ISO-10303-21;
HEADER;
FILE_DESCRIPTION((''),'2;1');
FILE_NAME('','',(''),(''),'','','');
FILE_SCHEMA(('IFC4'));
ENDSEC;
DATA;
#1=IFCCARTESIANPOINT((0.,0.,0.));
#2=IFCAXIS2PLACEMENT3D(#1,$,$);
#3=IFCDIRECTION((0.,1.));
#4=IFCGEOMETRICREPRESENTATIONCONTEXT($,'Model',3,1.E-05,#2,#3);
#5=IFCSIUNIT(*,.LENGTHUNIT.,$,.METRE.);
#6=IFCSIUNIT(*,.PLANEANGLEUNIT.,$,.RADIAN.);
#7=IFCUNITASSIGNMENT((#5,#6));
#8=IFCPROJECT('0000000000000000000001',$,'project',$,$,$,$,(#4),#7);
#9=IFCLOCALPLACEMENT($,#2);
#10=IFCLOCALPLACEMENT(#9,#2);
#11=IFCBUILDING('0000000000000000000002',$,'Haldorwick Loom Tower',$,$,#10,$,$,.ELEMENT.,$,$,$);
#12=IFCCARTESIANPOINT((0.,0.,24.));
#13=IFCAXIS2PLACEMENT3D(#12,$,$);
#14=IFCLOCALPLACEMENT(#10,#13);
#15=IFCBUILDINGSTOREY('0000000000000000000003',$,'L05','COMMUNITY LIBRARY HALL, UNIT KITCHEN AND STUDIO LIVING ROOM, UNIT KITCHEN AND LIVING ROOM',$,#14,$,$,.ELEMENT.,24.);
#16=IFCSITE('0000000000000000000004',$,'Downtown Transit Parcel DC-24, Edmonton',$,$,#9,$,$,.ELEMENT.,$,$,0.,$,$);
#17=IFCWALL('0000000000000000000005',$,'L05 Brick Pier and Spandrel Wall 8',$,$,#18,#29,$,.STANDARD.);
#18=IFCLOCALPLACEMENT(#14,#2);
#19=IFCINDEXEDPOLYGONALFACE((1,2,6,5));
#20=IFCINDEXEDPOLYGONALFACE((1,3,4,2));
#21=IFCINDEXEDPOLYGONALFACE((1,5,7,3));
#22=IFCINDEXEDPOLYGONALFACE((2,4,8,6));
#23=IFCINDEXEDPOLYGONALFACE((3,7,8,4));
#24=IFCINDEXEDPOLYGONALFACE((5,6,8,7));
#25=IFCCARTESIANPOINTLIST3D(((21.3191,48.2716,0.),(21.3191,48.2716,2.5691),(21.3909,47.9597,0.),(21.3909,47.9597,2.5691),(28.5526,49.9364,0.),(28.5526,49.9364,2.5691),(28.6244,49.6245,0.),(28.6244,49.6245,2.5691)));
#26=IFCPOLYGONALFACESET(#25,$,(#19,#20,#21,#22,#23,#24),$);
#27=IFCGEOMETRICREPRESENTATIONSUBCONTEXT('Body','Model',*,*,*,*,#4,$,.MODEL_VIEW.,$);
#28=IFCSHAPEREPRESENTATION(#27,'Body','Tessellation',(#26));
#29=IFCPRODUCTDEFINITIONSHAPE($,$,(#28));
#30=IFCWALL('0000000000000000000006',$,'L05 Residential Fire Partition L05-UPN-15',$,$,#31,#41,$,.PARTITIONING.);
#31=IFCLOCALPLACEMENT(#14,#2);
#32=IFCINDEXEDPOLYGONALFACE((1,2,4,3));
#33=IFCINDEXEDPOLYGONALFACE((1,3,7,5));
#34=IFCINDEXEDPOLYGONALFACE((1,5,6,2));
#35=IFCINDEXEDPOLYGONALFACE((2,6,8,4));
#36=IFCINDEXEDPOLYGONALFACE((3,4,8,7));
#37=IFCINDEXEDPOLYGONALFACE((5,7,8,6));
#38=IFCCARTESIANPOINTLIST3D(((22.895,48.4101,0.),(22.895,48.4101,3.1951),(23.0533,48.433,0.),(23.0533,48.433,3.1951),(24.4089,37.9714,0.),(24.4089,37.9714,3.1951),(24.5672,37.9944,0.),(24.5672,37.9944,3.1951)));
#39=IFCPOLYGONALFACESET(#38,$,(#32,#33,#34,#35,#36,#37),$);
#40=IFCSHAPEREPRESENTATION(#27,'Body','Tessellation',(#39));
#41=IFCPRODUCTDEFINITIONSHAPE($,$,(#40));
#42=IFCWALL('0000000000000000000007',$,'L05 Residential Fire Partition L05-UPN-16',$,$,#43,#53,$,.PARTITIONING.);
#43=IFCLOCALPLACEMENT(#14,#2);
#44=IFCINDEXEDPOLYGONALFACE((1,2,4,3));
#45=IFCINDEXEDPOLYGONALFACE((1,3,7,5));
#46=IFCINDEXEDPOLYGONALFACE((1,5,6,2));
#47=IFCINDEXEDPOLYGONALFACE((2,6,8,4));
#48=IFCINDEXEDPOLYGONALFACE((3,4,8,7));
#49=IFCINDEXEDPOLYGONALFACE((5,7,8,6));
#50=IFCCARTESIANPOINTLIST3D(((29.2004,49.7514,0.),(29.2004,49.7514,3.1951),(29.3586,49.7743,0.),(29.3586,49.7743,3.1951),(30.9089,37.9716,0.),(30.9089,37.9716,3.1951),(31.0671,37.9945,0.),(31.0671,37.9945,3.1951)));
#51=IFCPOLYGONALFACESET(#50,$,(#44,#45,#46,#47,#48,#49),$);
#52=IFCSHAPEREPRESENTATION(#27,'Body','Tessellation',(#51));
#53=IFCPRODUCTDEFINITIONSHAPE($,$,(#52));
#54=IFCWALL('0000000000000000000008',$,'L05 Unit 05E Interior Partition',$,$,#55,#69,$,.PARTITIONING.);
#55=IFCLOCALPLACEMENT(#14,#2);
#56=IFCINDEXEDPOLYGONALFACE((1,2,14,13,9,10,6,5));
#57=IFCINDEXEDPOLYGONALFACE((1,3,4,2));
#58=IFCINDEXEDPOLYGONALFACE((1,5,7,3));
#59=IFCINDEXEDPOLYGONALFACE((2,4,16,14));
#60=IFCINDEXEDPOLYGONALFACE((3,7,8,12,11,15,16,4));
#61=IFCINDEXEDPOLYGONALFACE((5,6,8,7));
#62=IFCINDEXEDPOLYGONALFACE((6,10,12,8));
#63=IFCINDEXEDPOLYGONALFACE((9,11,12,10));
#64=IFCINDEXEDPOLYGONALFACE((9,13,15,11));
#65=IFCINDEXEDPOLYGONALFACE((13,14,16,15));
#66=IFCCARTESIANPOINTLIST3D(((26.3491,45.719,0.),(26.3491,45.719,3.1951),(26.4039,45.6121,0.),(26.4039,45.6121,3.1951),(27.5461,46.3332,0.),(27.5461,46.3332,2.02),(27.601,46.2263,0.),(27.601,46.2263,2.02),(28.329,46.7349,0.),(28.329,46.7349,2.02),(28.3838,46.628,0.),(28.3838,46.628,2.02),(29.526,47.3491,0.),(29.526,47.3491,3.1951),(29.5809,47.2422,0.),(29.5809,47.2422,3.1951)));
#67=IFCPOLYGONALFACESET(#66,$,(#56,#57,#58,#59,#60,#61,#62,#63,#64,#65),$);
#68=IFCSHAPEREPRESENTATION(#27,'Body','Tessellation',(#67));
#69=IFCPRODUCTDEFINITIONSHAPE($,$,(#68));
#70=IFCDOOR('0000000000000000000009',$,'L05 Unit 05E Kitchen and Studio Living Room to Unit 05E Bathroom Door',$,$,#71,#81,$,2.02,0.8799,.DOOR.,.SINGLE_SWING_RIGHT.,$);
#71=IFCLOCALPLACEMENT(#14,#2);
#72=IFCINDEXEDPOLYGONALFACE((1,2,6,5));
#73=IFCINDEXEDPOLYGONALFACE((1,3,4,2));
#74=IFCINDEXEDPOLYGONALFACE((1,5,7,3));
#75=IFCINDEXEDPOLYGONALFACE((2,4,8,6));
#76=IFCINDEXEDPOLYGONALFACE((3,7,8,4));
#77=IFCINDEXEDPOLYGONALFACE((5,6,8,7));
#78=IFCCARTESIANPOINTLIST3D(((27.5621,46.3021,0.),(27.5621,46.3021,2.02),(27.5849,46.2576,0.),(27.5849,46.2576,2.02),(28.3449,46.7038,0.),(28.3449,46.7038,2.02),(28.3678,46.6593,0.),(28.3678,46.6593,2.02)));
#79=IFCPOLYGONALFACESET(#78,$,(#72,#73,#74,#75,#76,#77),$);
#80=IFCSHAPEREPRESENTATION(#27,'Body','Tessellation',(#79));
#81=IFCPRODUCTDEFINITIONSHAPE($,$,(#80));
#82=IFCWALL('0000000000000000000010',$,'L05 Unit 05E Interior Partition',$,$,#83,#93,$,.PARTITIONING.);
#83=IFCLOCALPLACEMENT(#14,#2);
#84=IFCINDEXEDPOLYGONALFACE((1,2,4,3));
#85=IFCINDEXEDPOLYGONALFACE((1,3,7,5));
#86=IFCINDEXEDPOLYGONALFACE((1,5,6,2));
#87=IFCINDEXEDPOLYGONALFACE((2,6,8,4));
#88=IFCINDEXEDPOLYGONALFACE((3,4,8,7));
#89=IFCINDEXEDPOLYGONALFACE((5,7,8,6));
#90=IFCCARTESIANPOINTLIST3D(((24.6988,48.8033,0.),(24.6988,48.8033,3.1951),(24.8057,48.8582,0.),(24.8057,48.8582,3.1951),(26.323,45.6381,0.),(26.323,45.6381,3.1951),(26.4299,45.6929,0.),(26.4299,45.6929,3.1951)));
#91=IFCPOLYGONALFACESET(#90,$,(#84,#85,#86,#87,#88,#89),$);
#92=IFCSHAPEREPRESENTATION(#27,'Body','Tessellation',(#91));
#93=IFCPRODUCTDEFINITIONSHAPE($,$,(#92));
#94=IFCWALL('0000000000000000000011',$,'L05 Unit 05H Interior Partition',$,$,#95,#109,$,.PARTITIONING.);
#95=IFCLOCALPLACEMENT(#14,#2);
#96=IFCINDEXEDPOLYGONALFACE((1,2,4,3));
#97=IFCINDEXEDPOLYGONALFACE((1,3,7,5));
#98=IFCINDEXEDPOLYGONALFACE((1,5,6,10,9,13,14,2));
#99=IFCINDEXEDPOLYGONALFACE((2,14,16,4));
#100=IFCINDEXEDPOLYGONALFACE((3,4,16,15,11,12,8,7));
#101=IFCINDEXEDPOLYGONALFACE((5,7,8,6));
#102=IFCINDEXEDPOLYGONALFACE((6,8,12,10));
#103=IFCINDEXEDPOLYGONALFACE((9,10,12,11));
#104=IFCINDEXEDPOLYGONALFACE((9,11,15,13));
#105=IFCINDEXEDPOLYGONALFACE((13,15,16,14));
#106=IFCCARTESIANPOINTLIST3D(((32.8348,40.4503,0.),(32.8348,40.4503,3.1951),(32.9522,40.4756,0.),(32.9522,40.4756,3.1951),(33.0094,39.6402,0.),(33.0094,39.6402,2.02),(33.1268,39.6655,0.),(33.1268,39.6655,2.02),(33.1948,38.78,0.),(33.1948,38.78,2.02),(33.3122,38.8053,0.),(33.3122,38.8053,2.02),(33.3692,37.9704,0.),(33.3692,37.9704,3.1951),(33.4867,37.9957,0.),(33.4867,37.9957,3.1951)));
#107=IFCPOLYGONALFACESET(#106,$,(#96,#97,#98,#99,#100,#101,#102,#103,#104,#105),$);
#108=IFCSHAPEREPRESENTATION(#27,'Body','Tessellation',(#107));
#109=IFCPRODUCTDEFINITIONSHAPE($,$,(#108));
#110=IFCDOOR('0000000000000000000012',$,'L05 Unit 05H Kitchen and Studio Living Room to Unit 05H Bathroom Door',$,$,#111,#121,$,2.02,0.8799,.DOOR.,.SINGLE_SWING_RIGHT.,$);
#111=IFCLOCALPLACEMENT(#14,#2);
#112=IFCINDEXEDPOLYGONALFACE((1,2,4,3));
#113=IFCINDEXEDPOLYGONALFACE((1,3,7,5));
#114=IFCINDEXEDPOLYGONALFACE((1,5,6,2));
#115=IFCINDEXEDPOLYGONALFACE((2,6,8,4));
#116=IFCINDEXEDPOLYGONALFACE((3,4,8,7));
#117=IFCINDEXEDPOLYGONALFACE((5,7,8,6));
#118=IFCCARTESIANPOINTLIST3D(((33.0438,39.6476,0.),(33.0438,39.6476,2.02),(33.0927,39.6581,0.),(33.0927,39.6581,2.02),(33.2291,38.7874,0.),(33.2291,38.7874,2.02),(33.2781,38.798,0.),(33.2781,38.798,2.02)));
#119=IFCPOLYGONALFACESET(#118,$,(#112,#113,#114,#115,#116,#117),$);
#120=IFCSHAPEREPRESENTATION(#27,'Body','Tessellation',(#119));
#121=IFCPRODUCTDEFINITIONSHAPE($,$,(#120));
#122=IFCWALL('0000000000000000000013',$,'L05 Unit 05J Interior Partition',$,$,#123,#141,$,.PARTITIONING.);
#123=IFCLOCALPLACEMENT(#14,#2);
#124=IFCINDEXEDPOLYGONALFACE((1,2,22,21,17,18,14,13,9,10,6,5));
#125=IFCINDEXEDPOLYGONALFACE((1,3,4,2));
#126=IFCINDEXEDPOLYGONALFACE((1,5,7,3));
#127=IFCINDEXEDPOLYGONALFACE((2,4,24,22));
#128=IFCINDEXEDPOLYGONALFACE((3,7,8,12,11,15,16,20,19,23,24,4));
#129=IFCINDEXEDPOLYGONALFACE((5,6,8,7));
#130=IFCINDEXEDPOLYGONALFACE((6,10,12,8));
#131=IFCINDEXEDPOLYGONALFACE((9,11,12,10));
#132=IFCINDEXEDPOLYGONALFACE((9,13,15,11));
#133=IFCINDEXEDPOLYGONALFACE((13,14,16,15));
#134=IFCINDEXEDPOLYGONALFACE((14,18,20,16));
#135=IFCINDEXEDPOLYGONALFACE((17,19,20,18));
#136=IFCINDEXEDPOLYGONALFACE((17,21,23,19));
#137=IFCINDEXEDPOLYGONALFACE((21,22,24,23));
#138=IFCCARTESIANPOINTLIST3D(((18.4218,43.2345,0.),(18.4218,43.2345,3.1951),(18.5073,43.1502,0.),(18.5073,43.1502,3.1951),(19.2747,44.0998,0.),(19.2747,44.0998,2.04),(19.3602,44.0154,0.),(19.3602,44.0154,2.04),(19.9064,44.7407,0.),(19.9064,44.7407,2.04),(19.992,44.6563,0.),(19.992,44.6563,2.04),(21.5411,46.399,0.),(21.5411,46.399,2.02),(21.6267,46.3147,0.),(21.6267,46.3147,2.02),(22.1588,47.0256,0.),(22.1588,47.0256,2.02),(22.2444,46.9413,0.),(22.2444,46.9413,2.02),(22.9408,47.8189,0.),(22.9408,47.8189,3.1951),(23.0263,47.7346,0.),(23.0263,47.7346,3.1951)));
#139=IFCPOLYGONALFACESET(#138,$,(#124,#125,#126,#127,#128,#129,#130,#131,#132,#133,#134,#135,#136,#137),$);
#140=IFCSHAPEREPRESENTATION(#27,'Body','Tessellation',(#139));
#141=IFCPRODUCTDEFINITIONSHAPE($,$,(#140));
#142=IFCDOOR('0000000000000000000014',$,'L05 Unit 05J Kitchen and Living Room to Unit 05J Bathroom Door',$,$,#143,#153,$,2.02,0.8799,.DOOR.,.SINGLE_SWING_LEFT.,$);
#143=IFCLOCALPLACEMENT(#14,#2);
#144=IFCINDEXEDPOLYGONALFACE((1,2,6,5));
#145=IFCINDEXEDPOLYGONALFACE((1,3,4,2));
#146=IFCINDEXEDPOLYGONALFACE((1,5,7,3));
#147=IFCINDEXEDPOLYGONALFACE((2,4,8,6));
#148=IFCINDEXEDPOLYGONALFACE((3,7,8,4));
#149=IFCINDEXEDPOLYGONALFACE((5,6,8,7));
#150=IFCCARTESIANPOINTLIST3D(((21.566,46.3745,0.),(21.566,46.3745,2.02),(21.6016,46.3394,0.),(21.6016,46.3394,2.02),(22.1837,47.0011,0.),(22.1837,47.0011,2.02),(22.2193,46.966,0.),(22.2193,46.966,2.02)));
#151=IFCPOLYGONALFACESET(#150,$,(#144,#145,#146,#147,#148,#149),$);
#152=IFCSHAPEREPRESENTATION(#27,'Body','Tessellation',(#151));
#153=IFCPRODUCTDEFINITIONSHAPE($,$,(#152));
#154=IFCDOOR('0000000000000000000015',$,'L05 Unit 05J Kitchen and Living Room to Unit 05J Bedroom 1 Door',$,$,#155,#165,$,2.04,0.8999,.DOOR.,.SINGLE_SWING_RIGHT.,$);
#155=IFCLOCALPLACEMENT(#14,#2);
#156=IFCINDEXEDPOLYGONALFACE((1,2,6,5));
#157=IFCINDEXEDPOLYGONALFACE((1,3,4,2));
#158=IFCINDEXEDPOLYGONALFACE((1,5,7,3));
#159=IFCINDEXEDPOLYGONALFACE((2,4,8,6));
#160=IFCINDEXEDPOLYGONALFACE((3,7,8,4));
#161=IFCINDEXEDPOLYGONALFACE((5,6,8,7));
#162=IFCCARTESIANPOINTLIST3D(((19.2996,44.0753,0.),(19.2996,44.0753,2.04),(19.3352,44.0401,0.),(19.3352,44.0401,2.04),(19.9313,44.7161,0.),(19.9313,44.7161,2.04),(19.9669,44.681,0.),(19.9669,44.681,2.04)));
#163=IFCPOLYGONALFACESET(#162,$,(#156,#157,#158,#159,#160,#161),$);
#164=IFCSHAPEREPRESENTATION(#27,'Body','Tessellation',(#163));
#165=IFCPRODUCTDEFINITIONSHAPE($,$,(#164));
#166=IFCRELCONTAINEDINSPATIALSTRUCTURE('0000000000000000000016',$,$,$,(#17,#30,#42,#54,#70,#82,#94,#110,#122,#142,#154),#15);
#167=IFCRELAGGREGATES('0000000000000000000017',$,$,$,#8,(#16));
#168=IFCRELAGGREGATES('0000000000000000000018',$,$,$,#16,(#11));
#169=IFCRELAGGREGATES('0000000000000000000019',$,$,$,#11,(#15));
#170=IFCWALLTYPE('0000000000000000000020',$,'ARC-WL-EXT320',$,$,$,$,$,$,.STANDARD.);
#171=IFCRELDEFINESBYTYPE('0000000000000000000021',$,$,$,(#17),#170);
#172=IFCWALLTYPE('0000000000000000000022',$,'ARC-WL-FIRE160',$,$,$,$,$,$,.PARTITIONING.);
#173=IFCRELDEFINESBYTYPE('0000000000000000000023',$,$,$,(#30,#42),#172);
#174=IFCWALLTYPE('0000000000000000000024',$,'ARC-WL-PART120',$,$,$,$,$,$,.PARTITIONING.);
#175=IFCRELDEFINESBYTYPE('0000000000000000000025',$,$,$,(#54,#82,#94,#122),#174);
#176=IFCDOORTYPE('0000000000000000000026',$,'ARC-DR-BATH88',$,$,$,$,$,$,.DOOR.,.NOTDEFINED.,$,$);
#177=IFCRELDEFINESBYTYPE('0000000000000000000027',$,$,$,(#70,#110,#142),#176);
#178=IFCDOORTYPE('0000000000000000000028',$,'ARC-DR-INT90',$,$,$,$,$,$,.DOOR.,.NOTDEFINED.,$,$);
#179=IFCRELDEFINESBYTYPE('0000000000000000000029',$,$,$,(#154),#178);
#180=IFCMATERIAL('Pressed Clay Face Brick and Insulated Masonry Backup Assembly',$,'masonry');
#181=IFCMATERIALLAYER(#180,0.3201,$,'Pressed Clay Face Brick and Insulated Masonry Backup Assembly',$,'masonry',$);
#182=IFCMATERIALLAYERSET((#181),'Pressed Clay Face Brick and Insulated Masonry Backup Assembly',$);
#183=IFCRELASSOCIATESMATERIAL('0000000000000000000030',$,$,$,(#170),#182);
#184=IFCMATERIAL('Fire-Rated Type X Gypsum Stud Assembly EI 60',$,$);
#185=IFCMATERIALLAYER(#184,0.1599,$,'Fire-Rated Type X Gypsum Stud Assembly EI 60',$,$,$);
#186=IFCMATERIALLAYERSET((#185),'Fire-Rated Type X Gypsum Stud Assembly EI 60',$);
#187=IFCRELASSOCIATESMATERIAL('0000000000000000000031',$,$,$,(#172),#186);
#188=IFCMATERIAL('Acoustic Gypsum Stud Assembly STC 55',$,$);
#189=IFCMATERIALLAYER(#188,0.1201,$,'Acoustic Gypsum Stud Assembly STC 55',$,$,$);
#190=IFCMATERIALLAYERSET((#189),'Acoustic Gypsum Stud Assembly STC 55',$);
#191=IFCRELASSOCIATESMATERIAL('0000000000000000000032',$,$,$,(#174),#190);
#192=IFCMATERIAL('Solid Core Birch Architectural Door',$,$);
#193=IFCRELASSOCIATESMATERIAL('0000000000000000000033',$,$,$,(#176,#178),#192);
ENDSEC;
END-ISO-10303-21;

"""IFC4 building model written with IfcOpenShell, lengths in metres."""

from ifc_helpers import new_model, si_unit, direction, frame, frame_2d, origin, place, context, subcontext, project, spatial, rectangle, extrude, material, layer, layer_set, type_object, element, fill, save


model = new_model("IFC4")

# Units and contexts
model_context = context("Model", 3, precision=1e-05, world=origin(), true_north=direction((0.0, 1.0)))
body_context = subcontext(model_context, "Body", "Model", "MODEL_VIEW")
ifc_project = project(units=[si_unit("LENGTHUNIT", "METRE"), si_unit("PLANEANGLEUNIT", "RADIAN")], contexts=[model_context])

# Site, building, storey
site_placement = place(None, origin())
site = spatial("IfcSite", under=ifc_project, at=site_placement, Name="Downtown Transit Parcel DC-24, Edmonton", CompositionType="ELEMENT", RefElevation=0.0)
building_placement = place(site_placement, origin())
building = spatial("IfcBuilding", under=site, at=building_placement, Name="Haldorwick Loom Tower", CompositionType="ELEMENT")
storey_placement = place(building_placement, frame((0.0, 0.0, 24.0)))
storey = spatial("IfcBuildingStorey", under=building, at=storey_placement, Name="L05", Description="COMMUNITY LIBRARY HALL, UNIT KITCHEN AND STUDIO LIVING ROOM, UNIT KITCHEN AND LIVING ROOM", CompositionType="ELEMENT", Elevation=24.0)

# Walls
ifc_material_1 = material(Name="Pressed Clay Face Brick and Insulated Masonry Backup Assembly", Category="masonry")
ifc_layer_1 = layer(ifc_material_1, 0.3201, Name="Pressed Clay Face Brick and Insulated Masonry Backup Assembly", Category="masonry")
ifc_layer_set_1 = layer_set([ifc_layer_1], Name="Pressed Clay Face Brick and Insulated Masonry Backup Assembly")
wall_type_1 = type_object("IfcWallType", Name="ARC-WL-EXT320", PredefinedType="STANDARD", material=ifc_layer_set_1)
wall_1_placement = place(storey_placement, frame((28.5886, 49.7805, 0.0), z_axis=(0.0, 0.0, 1.0), x_axis=(-0.974522, -0.22429, 0.0)))
element("IfcWall", 1, at=wall_1_placement, inside=storey, type_object=wall_type_1, Name="L05 Brick Pier and Spandrel Wall 8", PredefinedType="STANDARD", context=body_context, shape_type="SweptSolid", body=[
    extrude(rectangle(XDim=7.4226, YDim=0.3201, at=frame_2d((3.7114, 0.0))), origin(), (0.0, 0.0, 1.0), 2.5691),
])
ifc_material_2 = material(Name="Fire-Rated Type X Gypsum Stud Assembly EI 60")
ifc_layer_2 = layer(ifc_material_2, 0.1599, Name="Fire-Rated Type X Gypsum Stud Assembly EI 60")
ifc_layer_set_2 = layer_set([ifc_layer_2], Name="Fire-Rated Type X Gypsum Stud Assembly EI 60")
wall_type_2 = type_object("IfcWallType", Name="ARC-WL-FIRE160", PredefinedType="PARTITIONING", material=ifc_layer_set_2)
wall_2_placement = place(storey_placement, frame((24.488, 37.9829, 0.0), z_axis=(0.0, 0.0, 1.0), x_axis=(-0.143527, 0.989646, 0.0)))
element("IfcWall", 2, at=wall_2_placement, inside=storey, type_object=wall_type_2, Name="L05 Residential Fire Partition L05-UPN-15", PredefinedType="PARTITIONING", context=body_context, shape_type="SweptSolid", body=[
    extrude(rectangle(XDim=10.5479, YDim=0.1599, at=frame_2d((5.2739, 0.0))), origin(), (0.0, 0.0, 1.0), 3.1951),
])
wall_3_placement = place(storey_placement, frame((30.988, 37.9829, 0.0), z_axis=(0.0, 0.0, 1.0), x_axis=(-0.143534, 0.989645, 0.0)))
element("IfcWall", 3, at=wall_3_placement, inside=storey, type_object=wall_type_2, Name="L05 Residential Fire Partition L05-UPN-16", PredefinedType="PARTITIONING", context=body_context, shape_type="SweptSolid", body=[
    extrude(rectangle(XDim=11.9031, YDim=0.1599, at=frame_2d((5.9517, 0.0))), origin(), (0.0, 0.0, 1.0), 3.1951),
])

# Wall, opening, door
ifc_material_3 = material(Name="Acoustic Gypsum Stud Assembly STC 55")
ifc_layer_3 = layer(ifc_material_3, 0.1201, Name="Acoustic Gypsum Stud Assembly STC 55")
ifc_layer_set_3 = layer_set([ifc_layer_3], Name="Acoustic Gypsum Stud Assembly STC 55")
wall_type_3 = type_object("IfcWallType", Name="ARC-WL-PART120", PredefinedType="PARTITIONING", material=ifc_layer_set_3)
wall_4_placement = place(storey_placement, frame((29.5535, 47.2957, 0.0), z_axis=(0.0, 0.0, 1.0), x_axis=(-0.889716, -0.456515, 0.0)))
wall_4 = element("IfcWall", 4, at=wall_4_placement, inside=storey, type_object=wall_type_3, Name="L05 Unit 05E Interior Partition", PredefinedType="PARTITIONING", context=body_context, shape_type="SweptSolid", body=[
    extrude(rectangle(XDim=3.5708, YDim=0.1201, at=frame_2d((1.7854, 0.0))), origin(), (0.0, 0.0, 1.0), 3.1951),
])
opening_1_placement = place(wall_4_placement, frame((1.3455, 0.0, 0.0)))
opening_1 = element("IfcOpeningElement", 5, at=opening_1_placement, cuts=wall_4, PredefinedType="OPENING", context=body_context, shape_type="SweptSolid", body=[
    extrude(rectangle(XDim=0.8799, YDim=2.02, at=frame_2d((0.4399, 1.01))), frame((0.0, 0.0701, 0.0), z_axis=(0.0, -1.0, 0.0), x_axis=(1.0, 0.0, 0.0)), (0.0, 0.0, 1.0), 0.1401),
])
ifc_material_4 = material(Name="Solid Core Birch Architectural Door")
door_type_1 = type_object("IfcDoorType", Name="ARC-DR-BATH88", OperationType="NOTDEFINED", PredefinedType="DOOR", material=ifc_material_4)
door_1_placement = place(opening_1_placement, origin())
door_1 = element("IfcDoor", 6, at=door_1_placement, inside=storey, type_object=door_type_1, Name="L05 Unit 05E Kitchen and Studio Living Room to Unit 05E Bathroom Door", OperationType="SINGLE_SWING_RIGHT", OverallHeight=2.02, OverallWidth=0.8799, PredefinedType="DOOR", context=body_context, shape_type="SweptSolid", body=[
    extrude(rectangle(XDim=0.8799, YDim=2.02, at=frame_2d((0.4399, 1.01))), frame((0.0, 0.0249, 0.0), z_axis=(0.0, -1.0, 0.0), x_axis=(1.0, 0.0, 0.0)), (0.0, 0.0, 1.0), 0.05),
])
fill(opening_1, door_1)

# Wall
wall_5_placement = place(storey_placement, frame((26.3765, 45.6655, 0.0), z_axis=(0.0, 0.0, 1.0), x_axis=(-0.456549, 0.889698, 0.0)))
element("IfcWall", 7, at=wall_5_placement, inside=storey, type_object=wall_type_3, Name="L05 Unit 05E Interior Partition", PredefinedType="PARTITIONING", context=body_context, shape_type="SweptSolid", body=[
    extrude(rectangle(XDim=3.5576, YDim=0.1201, at=frame_2d((1.7788, 0.0))), origin(), (0.0, 0.0, 1.0), 3.1951),
])

# Wall, opening, door
wall_6_placement = place(storey_placement, frame((33.428, 37.9829, 0.0), z_axis=(0.0, 0.0, 1.0), x_axis=(-0.210659, 0.97756, 0.0)))
wall_6 = element("IfcWall", 8, at=wall_6_placement, inside=storey, type_object=wall_type_3, Name="L05 Unit 05H Interior Partition", PredefinedType="PARTITIONING", context=body_context, shape_type="SweptSolid", body=[
    extrude(rectangle(XDim=2.5369, YDim=0.1201, at=frame_2d((1.2686, 0.0))), origin(), (0.0, 0.0, 1.0), 3.1951),
])
opening_2_placement = place(wall_6_placement, frame((0.8284, 0.0, 0.0)))
opening_2 = element("IfcOpeningElement", 9, at=opening_2_placement, cuts=wall_6, PredefinedType="OPENING", context=body_context, shape_type="SweptSolid", body=[
    extrude(rectangle(XDim=0.8799, YDim=2.02, at=frame_2d((0.4399, 1.01))), frame((0.0, 0.0701, 0.0), z_axis=(0.0, -1.0, 0.0), x_axis=(1.0, 0.0, 0.0)), (0.0, 0.0, 1.0), 0.1401),
])
door_2_placement = place(opening_2_placement, origin())
door_2 = element("IfcDoor", 10, at=door_2_placement, inside=storey, type_object=door_type_1, Name="L05 Unit 05H Kitchen and Studio Living Room to Unit 05H Bathroom Door", OperationType="SINGLE_SWING_RIGHT", OverallHeight=2.02, OverallWidth=0.8799, PredefinedType="DOOR", context=body_context, shape_type="SweptSolid", body=[
    extrude(rectangle(XDim=0.8799, YDim=2.02, at=frame_2d((0.4399, 1.01))), frame((0.0, 0.0249, 0.0), z_axis=(0.0, -1.0, 0.0), x_axis=(1.0, 0.0, 0.0)), (0.0, 0.0, 1.0), 0.05),
])
fill(opening_2, door_2)

# Wall, openings, doors
wall_7_placement = place(storey_placement, frame((22.9836, 47.7769, 0.0), z_axis=(0.0, 0.0, 1.0), x_axis=(-0.702006, -0.712171, 0.0)))
wall_7 = element("IfcWall", 11, at=wall_7_placement, inside=storey, type_object=wall_type_3, Name="L05 Unit 05J Interior Partition", PredefinedType="PARTITIONING", context=body_context, shape_type="SweptSolid", body=[
    extrude(rectangle(XDim=6.4373, YDim=0.1201, at=frame_2d((3.2188, 0.0))), origin(), (0.0, 0.0, 1.0), 3.1951),
])
opening_3_placement = place(wall_7_placement, frame((4.3225, 0.0, 0.0)))
opening_3 = element("IfcOpeningElement", 12, at=opening_3_placement, cuts=wall_7, PredefinedType="OPENING", context=body_context, shape_type="SweptSolid", body=[
    extrude(rectangle(XDim=0.8999, YDim=2.04, at=frame_2d((0.45, 1.02))), frame((0.0, 0.0701, 0.0), z_axis=(0.0, -1.0, 0.0), x_axis=(1.0, 0.0, 0.0)), (0.0, 0.0, 1.0), 0.1401),
])
opening_4_placement = place(wall_7_placement, frame((1.114, 0.0, 0.0)))
opening_4 = element("IfcOpeningElement", 13, at=opening_4_placement, cuts=wall_7, PredefinedType="OPENING", context=body_context, shape_type="SweptSolid", body=[
    extrude(rectangle(XDim=0.8799, YDim=2.02, at=frame_2d((0.4399, 1.01))), frame((0.0, 0.0701, 0.0), z_axis=(0.0, -1.0, 0.0), x_axis=(1.0, 0.0, 0.0)), (0.0, 0.0, 1.0), 0.1401),
])
door_3_placement = place(opening_4_placement, origin())
door_3 = element("IfcDoor", 14, at=door_3_placement, inside=storey, type_object=door_type_1, Name="L05 Unit 05J Kitchen and Living Room to Unit 05J Bathroom Door", OperationType="SINGLE_SWING_LEFT", OverallHeight=2.02, OverallWidth=0.8799, PredefinedType="DOOR", context=body_context, shape_type="SweptSolid", body=[
    extrude(rectangle(XDim=0.8799, YDim=2.02, at=frame_2d((0.4399, 1.01))), frame((0.0, 0.0249, 0.0), z_axis=(0.0, -1.0, 0.0), x_axis=(1.0, 0.0, 0.0)), (0.0, 0.0, 1.0), 0.05),
])
fill(opening_4, door_3)
door_type_2 = type_object("IfcDoorType", Name="ARC-DR-INT90", OperationType="NOTDEFINED", PredefinedType="DOOR", material=ifc_material_4)
door_4_placement = place(opening_3_placement, origin())
door_4 = element("IfcDoor", 15, at=door_4_placement, inside=storey, type_object=door_type_2, Name="L05 Unit 05J Kitchen and Living Room to Unit 05J Bedroom 1 Door", OperationType="SINGLE_SWING_RIGHT", OverallHeight=2.04, OverallWidth=0.8999, PredefinedType="DOOR", context=body_context, shape_type="SweptSolid", body=[
    extrude(rectangle(XDim=0.8999, YDim=2.04, at=frame_2d((0.45, 1.02))), frame((0.0, 0.0249, 0.0), z_axis=(0.0, -1.0, 0.0), x_axis=(1.0, 0.0, 0.0)), (0.0, 0.0, 1.0), 0.05),
])
fill(opening_3, door_4)

save(model, "model.ifc")
